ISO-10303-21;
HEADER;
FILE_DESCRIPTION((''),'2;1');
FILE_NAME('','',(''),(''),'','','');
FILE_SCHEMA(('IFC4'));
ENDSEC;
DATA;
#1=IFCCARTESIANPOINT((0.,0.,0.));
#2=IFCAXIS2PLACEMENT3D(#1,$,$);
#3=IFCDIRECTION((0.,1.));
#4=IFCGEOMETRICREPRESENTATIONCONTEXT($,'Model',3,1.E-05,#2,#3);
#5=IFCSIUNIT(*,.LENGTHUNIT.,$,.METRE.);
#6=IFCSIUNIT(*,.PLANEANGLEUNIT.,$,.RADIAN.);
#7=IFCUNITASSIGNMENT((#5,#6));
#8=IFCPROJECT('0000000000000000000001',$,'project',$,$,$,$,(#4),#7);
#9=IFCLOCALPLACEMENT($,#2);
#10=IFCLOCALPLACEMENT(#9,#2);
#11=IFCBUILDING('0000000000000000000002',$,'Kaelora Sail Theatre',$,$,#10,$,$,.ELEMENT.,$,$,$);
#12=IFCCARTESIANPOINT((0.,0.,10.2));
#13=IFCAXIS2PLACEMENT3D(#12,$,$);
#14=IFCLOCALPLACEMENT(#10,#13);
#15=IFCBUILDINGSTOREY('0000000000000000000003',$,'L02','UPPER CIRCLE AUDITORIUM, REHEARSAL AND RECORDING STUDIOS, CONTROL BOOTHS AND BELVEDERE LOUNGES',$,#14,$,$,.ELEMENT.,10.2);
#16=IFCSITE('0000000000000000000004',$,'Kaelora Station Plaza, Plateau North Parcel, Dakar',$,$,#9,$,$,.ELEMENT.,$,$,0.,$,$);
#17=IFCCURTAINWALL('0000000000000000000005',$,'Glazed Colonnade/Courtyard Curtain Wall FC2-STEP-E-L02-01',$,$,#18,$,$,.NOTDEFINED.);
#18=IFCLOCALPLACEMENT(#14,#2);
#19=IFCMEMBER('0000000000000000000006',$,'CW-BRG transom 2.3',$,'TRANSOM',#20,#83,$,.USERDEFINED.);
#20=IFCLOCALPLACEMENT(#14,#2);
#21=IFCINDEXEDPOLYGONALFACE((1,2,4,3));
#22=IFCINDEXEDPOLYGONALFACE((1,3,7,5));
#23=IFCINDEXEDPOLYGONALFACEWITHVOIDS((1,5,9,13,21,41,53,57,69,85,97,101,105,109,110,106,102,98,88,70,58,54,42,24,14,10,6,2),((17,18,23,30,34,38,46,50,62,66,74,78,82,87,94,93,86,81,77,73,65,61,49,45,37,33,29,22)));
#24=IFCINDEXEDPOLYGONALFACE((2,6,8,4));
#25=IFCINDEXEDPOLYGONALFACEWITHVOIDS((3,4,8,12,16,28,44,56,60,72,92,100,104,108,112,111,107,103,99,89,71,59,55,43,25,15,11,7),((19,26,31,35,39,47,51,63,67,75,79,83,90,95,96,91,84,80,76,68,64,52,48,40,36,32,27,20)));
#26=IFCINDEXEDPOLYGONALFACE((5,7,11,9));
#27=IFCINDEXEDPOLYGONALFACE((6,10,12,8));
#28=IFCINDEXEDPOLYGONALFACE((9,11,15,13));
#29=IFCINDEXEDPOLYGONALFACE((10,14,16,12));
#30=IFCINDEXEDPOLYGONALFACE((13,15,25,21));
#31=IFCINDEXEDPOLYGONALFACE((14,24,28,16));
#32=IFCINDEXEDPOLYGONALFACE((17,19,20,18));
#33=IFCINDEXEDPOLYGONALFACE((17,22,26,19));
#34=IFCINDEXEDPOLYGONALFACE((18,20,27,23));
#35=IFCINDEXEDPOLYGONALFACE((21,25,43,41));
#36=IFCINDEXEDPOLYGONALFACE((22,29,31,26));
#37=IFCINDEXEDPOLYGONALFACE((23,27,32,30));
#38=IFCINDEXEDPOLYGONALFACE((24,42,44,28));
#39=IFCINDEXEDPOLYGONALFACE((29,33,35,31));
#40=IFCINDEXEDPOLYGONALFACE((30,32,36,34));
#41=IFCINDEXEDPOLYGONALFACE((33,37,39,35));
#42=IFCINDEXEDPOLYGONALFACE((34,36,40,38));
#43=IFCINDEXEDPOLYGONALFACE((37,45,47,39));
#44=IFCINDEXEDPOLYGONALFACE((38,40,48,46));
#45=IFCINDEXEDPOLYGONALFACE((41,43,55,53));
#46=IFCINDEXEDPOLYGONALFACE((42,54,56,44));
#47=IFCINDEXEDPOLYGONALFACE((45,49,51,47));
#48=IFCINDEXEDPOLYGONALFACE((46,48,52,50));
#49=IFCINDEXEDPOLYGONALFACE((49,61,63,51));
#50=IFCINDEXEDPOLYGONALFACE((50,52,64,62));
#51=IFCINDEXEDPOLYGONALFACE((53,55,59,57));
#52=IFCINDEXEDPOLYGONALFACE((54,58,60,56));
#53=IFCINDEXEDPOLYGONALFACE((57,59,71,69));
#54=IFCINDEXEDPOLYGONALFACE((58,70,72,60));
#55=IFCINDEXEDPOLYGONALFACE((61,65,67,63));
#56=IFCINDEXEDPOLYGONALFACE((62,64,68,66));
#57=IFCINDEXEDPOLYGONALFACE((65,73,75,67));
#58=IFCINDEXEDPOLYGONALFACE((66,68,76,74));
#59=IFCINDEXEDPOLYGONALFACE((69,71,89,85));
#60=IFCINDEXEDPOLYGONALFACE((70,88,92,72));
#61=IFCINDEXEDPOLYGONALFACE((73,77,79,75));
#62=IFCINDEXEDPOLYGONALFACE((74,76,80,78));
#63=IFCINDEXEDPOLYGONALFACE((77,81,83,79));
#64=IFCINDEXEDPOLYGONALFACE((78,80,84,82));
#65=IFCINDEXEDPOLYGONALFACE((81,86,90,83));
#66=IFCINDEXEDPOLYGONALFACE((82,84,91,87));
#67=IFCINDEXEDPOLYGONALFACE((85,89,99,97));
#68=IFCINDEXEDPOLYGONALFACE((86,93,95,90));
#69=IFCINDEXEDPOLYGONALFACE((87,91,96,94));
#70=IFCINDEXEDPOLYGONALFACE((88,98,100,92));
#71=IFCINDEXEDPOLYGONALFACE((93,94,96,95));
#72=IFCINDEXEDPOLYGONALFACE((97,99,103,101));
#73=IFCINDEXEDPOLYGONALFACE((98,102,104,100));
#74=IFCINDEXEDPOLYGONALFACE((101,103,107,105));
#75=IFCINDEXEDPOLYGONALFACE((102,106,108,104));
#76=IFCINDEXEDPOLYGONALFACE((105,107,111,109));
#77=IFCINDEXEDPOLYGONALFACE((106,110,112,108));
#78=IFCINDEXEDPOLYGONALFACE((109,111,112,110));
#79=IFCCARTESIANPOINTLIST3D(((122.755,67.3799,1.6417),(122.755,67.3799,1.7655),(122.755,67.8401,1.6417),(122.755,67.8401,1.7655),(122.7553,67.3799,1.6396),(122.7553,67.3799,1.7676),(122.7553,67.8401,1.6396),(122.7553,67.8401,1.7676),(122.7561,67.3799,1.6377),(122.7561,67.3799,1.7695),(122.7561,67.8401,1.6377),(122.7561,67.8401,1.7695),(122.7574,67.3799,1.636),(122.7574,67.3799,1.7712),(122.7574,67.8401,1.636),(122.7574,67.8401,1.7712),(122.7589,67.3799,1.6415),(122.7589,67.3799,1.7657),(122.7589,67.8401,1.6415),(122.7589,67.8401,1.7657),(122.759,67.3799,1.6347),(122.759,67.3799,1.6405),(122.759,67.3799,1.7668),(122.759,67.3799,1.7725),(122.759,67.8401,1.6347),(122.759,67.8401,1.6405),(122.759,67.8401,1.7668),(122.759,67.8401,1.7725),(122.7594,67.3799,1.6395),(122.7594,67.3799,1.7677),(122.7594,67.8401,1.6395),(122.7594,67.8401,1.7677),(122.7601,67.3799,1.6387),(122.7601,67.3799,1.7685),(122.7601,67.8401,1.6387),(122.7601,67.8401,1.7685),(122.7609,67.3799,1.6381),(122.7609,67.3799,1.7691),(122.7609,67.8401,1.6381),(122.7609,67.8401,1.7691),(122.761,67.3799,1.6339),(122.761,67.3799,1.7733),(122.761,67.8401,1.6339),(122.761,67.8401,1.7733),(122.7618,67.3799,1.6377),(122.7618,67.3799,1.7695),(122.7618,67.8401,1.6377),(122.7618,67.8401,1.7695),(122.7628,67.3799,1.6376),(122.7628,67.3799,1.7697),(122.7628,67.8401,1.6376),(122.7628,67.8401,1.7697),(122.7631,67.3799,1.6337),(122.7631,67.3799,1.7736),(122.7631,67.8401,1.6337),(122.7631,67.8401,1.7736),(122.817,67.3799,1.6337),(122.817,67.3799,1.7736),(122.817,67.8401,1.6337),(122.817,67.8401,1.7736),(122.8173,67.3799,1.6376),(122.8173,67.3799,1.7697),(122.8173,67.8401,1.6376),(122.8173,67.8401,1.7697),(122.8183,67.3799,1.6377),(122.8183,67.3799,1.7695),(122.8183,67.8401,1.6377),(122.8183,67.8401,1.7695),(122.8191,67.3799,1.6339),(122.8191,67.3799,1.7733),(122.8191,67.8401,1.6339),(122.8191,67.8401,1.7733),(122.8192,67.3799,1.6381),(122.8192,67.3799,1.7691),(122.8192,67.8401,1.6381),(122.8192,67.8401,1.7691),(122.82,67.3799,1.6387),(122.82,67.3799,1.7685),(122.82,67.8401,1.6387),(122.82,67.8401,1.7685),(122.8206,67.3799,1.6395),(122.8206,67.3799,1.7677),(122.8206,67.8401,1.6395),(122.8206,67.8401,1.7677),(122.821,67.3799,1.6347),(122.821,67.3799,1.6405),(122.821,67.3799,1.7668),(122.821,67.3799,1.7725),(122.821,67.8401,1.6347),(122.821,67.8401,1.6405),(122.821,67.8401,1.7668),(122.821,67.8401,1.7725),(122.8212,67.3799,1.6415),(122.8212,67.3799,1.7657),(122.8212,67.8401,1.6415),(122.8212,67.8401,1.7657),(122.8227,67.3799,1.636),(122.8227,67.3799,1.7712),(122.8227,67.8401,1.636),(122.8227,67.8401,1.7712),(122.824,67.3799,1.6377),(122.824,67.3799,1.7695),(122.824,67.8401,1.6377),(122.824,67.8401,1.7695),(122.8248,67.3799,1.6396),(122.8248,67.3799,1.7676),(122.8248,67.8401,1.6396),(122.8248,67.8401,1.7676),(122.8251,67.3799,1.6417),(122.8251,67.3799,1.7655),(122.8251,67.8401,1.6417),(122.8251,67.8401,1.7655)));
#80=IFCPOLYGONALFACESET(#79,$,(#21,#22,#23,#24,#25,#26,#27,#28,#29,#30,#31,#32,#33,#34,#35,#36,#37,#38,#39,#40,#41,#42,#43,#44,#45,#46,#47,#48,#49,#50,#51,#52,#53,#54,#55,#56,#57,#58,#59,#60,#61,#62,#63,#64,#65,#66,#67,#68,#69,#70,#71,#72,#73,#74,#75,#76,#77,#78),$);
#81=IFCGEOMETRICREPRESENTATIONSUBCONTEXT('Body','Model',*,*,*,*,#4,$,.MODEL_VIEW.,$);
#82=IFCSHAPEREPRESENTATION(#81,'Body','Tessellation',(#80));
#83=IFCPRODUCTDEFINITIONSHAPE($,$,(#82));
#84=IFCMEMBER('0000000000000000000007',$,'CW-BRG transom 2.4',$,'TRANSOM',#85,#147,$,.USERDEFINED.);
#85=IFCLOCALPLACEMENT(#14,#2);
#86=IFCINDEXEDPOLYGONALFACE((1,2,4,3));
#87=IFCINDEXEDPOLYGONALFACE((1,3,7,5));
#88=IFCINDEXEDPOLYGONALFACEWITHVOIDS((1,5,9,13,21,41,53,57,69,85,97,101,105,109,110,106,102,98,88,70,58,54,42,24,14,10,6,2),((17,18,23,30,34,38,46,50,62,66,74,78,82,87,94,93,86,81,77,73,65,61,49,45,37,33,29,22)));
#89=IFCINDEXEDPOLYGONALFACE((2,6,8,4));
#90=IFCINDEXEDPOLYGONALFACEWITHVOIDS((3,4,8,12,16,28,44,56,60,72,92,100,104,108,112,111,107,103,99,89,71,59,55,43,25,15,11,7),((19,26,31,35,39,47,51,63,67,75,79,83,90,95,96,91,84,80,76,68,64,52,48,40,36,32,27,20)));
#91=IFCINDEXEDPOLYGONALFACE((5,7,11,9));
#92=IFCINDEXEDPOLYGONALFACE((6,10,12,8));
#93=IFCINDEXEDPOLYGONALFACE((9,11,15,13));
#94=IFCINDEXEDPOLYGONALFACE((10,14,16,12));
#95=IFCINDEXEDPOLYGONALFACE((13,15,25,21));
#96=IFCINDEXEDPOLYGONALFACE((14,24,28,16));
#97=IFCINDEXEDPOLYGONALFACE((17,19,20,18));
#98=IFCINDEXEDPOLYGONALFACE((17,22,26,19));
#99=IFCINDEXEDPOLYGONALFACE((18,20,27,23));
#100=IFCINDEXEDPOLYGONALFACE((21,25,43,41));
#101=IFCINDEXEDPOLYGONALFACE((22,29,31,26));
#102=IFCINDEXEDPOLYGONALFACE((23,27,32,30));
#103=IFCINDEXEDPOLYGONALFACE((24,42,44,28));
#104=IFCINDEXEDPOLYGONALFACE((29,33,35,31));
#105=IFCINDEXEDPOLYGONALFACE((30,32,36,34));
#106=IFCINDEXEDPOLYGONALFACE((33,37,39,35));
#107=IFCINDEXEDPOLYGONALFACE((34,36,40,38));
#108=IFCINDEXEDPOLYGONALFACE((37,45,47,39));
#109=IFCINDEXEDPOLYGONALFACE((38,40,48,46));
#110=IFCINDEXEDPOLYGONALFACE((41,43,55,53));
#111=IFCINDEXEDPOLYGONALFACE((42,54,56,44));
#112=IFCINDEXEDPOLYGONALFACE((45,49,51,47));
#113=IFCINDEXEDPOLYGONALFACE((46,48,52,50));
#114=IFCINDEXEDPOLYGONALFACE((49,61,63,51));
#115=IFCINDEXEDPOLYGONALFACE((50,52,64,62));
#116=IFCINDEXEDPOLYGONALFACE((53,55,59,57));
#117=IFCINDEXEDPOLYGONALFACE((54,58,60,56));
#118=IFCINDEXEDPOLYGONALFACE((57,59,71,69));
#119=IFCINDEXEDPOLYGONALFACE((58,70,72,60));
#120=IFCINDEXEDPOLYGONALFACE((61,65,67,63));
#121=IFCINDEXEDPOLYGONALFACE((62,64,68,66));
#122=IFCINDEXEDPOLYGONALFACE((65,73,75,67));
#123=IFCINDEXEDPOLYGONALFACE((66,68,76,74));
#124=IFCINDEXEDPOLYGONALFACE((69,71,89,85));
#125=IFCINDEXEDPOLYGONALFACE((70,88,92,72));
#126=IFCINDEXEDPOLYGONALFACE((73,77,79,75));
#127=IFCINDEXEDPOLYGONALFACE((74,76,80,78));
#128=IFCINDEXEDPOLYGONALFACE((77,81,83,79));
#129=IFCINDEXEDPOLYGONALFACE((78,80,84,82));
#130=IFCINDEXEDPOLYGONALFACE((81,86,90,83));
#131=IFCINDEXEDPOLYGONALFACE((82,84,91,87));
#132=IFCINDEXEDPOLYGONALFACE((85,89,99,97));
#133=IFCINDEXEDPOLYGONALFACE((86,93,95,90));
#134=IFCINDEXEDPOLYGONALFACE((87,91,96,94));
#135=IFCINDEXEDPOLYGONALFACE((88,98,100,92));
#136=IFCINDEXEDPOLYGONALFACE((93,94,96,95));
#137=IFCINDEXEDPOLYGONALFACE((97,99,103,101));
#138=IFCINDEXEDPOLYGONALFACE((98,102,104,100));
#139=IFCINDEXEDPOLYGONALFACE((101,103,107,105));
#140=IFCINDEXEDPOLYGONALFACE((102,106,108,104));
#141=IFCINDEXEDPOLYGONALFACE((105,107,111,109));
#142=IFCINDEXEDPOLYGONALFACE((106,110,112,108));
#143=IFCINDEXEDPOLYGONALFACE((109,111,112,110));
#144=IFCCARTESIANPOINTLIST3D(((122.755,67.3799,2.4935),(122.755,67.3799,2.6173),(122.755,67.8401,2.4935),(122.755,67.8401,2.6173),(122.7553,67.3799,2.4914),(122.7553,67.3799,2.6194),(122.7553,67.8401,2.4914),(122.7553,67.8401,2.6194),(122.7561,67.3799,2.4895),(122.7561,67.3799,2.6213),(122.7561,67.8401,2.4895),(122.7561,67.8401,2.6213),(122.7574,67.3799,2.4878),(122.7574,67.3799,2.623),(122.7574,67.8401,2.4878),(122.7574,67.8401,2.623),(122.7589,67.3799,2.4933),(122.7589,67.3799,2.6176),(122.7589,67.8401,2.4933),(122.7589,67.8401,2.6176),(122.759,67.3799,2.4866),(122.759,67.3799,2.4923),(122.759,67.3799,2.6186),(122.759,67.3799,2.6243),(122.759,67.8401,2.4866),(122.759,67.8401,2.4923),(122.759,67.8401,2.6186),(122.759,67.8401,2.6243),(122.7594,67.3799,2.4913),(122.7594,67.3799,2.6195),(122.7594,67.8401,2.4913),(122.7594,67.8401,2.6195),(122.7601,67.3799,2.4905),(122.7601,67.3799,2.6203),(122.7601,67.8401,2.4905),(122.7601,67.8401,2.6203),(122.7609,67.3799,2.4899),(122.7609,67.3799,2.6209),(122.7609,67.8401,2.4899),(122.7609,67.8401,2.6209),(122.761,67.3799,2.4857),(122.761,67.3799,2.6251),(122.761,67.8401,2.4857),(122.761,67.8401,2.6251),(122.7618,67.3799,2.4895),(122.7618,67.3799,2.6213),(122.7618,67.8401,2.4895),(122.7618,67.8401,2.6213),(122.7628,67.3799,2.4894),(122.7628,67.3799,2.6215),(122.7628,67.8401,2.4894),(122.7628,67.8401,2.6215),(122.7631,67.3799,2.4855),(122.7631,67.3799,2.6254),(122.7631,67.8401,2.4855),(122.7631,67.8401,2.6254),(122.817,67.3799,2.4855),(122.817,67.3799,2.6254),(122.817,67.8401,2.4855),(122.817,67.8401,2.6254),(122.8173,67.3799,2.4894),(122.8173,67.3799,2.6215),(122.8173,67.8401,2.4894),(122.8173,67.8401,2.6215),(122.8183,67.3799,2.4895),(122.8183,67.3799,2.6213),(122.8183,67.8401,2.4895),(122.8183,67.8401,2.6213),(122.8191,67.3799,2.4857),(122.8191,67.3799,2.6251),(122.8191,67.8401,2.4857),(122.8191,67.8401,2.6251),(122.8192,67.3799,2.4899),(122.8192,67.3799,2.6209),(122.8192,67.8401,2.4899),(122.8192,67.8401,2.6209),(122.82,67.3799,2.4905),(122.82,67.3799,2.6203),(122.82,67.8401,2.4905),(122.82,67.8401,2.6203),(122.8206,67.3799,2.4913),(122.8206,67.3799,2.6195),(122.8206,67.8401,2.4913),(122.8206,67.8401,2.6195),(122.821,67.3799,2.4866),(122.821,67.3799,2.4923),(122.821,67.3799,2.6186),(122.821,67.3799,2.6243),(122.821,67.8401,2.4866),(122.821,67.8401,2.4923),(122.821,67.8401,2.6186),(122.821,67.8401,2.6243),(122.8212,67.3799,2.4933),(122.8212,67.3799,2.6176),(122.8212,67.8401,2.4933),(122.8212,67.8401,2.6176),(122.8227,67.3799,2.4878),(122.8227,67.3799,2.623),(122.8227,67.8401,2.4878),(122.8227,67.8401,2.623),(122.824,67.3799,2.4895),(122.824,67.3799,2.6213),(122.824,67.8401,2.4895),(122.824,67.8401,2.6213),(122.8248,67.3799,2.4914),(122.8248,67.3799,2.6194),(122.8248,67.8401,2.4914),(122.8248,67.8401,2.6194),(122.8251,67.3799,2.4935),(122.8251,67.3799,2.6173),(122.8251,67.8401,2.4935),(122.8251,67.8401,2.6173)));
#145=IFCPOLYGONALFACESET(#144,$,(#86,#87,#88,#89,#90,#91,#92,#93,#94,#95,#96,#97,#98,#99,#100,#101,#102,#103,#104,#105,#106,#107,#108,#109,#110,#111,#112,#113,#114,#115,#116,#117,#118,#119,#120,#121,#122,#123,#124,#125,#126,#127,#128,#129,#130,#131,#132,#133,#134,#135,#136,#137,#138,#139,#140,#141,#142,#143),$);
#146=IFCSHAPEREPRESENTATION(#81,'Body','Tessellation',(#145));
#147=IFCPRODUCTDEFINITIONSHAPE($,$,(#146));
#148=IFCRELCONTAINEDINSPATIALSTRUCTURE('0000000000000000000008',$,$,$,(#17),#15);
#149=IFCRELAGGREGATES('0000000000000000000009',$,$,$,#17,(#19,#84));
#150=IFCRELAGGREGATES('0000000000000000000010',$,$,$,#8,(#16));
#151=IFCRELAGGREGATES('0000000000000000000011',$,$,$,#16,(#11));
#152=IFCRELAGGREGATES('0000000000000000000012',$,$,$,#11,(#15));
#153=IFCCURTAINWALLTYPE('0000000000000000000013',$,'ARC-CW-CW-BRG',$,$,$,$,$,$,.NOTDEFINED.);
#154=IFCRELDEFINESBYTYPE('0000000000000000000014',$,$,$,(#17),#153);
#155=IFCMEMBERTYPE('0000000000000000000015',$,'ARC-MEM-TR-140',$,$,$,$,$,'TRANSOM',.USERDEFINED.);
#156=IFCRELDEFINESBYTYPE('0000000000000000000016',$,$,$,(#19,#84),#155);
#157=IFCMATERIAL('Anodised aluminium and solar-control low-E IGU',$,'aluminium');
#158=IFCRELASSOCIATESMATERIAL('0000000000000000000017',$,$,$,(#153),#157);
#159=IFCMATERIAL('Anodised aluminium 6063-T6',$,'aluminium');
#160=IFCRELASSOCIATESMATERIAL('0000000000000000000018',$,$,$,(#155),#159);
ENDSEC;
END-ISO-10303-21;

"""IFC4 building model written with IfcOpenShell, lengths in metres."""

from ifc_helpers import new_model, si_unit, direction, frame, origin, origin_2d, place, context, subcontext, project, spatial, hollow_rectangle, extrude, material, material_profile, profile_set, type_object, element, aggregate, save


model = new_model("IFC4")

# Units and contexts
model_context = context("Model", 3, precision=1e-05, world=origin(), true_north=direction((0.0, 1.0)))
body_context = subcontext(model_context, "Body", "Model", "MODEL_VIEW")
ifc_project = project(units=[si_unit("LENGTHUNIT", "METRE"), si_unit("PLANEANGLEUNIT", "RADIAN")], contexts=[model_context])

# Site, building, storey
site_placement = place(None, origin())
site = spatial("IfcSite", under=ifc_project, at=site_placement, Name="Kaelora Station Plaza, Plateau North Parcel, Dakar", CompositionType="ELEMENT", RefElevation=0.0)
building_placement = place(site_placement, origin())
building = spatial("IfcBuilding", under=site, at=building_placement, Name="Kaelora Sail Theatre", CompositionType="ELEMENT")
storey_placement = place(building_placement, frame((0.0, 0.0, 10.2)))
storey = spatial("IfcBuildingStorey", under=building, at=storey_placement, Name="L02", Description="UPPER CIRCLE AUDITORIUM, REHEARSAL AND RECORDING STUDIOS, CONTROL BOOTHS AND BELVEDERE LOUNGES", CompositionType="ELEMENT", Elevation=10.2)

# Curtain wall
ifc_material_1 = material(Name="Anodised aluminium and solar-control low-E IGU", Category="aluminium")
curtain_wall_type = type_object("IfcCurtainWallType", Name="ARC-CW-CW-BRG", PredefinedType="NOTDEFINED", material=ifc_material_1)
curtain_wall_1_placement = place(storey_placement, origin())
curtain_wall_1 = element("IfcCurtainWall", 1, at=curtain_wall_1_placement, inside=storey, type_object=curtain_wall_type, Name="Glazed Colonnade/Courtyard Curtain Wall FC2-STEP-E-L02-01", PredefinedType="NOTDEFINED")

# Members
ifc_material_2 = material(Name="Anodised aluminium 6063-T6", Category="aluminium")
ifc_material_profile_1 = material_profile(ifc_material_2, hollow_rectangle(XDim=0.0701, YDim=0.1399, WallThickness=0.0039, InnerFilletRadius=0.0039, OuterFilletRadius=0.0081, at=origin_2d()), Name="ALU-TRAN 70x140x4")
ifc_profile_set_1 = profile_set([ifc_material_profile_1], Name="Anodised aluminium 6063-T6")
member_type_1 = type_object("IfcMemberType", Name="ARC-MEM-TR-140", ElementType="TRANSOM", PredefinedType="USERDEFINED", material=ifc_profile_set_1)
member_1_placement = place(storey_placement, frame((122.79, 67.3799, 1.7036), z_axis=(0.0, 1.0, 0.0), x_axis=(-1.0, 0.0, 0.0)))
member_1 = element("IfcMember", 2, at=member_1_placement, type_object=member_type_1, Name="CW-BRG transom 2.3", ObjectType="TRANSOM", PredefinedType="USERDEFINED", context=body_context, shape_type="SweptSolid", body=[
    extrude(hollow_rectangle(XDim=0.0701, YDim=0.1399, WallThickness=0.0039, InnerFilletRadius=0.0039, OuterFilletRadius=0.0081, at=origin_2d()), origin(), (0.0, 0.0, 1.0), 0.4602),
])
member_2_placement = place(storey_placement, frame((122.79, 67.3799, 2.5554), z_axis=(0.0, 1.0, 0.0), x_axis=(-1.0, 0.0, 0.0)))
member_2 = element("IfcMember", 3, at=member_2_placement, type_object=member_type_1, Name="CW-BRG transom 2.4", ObjectType="TRANSOM", PredefinedType="USERDEFINED", context=body_context, shape_type="SweptSolid", body=[
    extrude(hollow_rectangle(XDim=0.0701, YDim=0.1399, WallThickness=0.0039, InnerFilletRadius=0.0039, OuterFilletRadius=0.0081, at=origin_2d()), origin(), (0.0, 0.0, 1.0), 0.4602),
])

aggregate(curtain_wall_1, [member_1, member_2])

save(model, "model.ifc")
